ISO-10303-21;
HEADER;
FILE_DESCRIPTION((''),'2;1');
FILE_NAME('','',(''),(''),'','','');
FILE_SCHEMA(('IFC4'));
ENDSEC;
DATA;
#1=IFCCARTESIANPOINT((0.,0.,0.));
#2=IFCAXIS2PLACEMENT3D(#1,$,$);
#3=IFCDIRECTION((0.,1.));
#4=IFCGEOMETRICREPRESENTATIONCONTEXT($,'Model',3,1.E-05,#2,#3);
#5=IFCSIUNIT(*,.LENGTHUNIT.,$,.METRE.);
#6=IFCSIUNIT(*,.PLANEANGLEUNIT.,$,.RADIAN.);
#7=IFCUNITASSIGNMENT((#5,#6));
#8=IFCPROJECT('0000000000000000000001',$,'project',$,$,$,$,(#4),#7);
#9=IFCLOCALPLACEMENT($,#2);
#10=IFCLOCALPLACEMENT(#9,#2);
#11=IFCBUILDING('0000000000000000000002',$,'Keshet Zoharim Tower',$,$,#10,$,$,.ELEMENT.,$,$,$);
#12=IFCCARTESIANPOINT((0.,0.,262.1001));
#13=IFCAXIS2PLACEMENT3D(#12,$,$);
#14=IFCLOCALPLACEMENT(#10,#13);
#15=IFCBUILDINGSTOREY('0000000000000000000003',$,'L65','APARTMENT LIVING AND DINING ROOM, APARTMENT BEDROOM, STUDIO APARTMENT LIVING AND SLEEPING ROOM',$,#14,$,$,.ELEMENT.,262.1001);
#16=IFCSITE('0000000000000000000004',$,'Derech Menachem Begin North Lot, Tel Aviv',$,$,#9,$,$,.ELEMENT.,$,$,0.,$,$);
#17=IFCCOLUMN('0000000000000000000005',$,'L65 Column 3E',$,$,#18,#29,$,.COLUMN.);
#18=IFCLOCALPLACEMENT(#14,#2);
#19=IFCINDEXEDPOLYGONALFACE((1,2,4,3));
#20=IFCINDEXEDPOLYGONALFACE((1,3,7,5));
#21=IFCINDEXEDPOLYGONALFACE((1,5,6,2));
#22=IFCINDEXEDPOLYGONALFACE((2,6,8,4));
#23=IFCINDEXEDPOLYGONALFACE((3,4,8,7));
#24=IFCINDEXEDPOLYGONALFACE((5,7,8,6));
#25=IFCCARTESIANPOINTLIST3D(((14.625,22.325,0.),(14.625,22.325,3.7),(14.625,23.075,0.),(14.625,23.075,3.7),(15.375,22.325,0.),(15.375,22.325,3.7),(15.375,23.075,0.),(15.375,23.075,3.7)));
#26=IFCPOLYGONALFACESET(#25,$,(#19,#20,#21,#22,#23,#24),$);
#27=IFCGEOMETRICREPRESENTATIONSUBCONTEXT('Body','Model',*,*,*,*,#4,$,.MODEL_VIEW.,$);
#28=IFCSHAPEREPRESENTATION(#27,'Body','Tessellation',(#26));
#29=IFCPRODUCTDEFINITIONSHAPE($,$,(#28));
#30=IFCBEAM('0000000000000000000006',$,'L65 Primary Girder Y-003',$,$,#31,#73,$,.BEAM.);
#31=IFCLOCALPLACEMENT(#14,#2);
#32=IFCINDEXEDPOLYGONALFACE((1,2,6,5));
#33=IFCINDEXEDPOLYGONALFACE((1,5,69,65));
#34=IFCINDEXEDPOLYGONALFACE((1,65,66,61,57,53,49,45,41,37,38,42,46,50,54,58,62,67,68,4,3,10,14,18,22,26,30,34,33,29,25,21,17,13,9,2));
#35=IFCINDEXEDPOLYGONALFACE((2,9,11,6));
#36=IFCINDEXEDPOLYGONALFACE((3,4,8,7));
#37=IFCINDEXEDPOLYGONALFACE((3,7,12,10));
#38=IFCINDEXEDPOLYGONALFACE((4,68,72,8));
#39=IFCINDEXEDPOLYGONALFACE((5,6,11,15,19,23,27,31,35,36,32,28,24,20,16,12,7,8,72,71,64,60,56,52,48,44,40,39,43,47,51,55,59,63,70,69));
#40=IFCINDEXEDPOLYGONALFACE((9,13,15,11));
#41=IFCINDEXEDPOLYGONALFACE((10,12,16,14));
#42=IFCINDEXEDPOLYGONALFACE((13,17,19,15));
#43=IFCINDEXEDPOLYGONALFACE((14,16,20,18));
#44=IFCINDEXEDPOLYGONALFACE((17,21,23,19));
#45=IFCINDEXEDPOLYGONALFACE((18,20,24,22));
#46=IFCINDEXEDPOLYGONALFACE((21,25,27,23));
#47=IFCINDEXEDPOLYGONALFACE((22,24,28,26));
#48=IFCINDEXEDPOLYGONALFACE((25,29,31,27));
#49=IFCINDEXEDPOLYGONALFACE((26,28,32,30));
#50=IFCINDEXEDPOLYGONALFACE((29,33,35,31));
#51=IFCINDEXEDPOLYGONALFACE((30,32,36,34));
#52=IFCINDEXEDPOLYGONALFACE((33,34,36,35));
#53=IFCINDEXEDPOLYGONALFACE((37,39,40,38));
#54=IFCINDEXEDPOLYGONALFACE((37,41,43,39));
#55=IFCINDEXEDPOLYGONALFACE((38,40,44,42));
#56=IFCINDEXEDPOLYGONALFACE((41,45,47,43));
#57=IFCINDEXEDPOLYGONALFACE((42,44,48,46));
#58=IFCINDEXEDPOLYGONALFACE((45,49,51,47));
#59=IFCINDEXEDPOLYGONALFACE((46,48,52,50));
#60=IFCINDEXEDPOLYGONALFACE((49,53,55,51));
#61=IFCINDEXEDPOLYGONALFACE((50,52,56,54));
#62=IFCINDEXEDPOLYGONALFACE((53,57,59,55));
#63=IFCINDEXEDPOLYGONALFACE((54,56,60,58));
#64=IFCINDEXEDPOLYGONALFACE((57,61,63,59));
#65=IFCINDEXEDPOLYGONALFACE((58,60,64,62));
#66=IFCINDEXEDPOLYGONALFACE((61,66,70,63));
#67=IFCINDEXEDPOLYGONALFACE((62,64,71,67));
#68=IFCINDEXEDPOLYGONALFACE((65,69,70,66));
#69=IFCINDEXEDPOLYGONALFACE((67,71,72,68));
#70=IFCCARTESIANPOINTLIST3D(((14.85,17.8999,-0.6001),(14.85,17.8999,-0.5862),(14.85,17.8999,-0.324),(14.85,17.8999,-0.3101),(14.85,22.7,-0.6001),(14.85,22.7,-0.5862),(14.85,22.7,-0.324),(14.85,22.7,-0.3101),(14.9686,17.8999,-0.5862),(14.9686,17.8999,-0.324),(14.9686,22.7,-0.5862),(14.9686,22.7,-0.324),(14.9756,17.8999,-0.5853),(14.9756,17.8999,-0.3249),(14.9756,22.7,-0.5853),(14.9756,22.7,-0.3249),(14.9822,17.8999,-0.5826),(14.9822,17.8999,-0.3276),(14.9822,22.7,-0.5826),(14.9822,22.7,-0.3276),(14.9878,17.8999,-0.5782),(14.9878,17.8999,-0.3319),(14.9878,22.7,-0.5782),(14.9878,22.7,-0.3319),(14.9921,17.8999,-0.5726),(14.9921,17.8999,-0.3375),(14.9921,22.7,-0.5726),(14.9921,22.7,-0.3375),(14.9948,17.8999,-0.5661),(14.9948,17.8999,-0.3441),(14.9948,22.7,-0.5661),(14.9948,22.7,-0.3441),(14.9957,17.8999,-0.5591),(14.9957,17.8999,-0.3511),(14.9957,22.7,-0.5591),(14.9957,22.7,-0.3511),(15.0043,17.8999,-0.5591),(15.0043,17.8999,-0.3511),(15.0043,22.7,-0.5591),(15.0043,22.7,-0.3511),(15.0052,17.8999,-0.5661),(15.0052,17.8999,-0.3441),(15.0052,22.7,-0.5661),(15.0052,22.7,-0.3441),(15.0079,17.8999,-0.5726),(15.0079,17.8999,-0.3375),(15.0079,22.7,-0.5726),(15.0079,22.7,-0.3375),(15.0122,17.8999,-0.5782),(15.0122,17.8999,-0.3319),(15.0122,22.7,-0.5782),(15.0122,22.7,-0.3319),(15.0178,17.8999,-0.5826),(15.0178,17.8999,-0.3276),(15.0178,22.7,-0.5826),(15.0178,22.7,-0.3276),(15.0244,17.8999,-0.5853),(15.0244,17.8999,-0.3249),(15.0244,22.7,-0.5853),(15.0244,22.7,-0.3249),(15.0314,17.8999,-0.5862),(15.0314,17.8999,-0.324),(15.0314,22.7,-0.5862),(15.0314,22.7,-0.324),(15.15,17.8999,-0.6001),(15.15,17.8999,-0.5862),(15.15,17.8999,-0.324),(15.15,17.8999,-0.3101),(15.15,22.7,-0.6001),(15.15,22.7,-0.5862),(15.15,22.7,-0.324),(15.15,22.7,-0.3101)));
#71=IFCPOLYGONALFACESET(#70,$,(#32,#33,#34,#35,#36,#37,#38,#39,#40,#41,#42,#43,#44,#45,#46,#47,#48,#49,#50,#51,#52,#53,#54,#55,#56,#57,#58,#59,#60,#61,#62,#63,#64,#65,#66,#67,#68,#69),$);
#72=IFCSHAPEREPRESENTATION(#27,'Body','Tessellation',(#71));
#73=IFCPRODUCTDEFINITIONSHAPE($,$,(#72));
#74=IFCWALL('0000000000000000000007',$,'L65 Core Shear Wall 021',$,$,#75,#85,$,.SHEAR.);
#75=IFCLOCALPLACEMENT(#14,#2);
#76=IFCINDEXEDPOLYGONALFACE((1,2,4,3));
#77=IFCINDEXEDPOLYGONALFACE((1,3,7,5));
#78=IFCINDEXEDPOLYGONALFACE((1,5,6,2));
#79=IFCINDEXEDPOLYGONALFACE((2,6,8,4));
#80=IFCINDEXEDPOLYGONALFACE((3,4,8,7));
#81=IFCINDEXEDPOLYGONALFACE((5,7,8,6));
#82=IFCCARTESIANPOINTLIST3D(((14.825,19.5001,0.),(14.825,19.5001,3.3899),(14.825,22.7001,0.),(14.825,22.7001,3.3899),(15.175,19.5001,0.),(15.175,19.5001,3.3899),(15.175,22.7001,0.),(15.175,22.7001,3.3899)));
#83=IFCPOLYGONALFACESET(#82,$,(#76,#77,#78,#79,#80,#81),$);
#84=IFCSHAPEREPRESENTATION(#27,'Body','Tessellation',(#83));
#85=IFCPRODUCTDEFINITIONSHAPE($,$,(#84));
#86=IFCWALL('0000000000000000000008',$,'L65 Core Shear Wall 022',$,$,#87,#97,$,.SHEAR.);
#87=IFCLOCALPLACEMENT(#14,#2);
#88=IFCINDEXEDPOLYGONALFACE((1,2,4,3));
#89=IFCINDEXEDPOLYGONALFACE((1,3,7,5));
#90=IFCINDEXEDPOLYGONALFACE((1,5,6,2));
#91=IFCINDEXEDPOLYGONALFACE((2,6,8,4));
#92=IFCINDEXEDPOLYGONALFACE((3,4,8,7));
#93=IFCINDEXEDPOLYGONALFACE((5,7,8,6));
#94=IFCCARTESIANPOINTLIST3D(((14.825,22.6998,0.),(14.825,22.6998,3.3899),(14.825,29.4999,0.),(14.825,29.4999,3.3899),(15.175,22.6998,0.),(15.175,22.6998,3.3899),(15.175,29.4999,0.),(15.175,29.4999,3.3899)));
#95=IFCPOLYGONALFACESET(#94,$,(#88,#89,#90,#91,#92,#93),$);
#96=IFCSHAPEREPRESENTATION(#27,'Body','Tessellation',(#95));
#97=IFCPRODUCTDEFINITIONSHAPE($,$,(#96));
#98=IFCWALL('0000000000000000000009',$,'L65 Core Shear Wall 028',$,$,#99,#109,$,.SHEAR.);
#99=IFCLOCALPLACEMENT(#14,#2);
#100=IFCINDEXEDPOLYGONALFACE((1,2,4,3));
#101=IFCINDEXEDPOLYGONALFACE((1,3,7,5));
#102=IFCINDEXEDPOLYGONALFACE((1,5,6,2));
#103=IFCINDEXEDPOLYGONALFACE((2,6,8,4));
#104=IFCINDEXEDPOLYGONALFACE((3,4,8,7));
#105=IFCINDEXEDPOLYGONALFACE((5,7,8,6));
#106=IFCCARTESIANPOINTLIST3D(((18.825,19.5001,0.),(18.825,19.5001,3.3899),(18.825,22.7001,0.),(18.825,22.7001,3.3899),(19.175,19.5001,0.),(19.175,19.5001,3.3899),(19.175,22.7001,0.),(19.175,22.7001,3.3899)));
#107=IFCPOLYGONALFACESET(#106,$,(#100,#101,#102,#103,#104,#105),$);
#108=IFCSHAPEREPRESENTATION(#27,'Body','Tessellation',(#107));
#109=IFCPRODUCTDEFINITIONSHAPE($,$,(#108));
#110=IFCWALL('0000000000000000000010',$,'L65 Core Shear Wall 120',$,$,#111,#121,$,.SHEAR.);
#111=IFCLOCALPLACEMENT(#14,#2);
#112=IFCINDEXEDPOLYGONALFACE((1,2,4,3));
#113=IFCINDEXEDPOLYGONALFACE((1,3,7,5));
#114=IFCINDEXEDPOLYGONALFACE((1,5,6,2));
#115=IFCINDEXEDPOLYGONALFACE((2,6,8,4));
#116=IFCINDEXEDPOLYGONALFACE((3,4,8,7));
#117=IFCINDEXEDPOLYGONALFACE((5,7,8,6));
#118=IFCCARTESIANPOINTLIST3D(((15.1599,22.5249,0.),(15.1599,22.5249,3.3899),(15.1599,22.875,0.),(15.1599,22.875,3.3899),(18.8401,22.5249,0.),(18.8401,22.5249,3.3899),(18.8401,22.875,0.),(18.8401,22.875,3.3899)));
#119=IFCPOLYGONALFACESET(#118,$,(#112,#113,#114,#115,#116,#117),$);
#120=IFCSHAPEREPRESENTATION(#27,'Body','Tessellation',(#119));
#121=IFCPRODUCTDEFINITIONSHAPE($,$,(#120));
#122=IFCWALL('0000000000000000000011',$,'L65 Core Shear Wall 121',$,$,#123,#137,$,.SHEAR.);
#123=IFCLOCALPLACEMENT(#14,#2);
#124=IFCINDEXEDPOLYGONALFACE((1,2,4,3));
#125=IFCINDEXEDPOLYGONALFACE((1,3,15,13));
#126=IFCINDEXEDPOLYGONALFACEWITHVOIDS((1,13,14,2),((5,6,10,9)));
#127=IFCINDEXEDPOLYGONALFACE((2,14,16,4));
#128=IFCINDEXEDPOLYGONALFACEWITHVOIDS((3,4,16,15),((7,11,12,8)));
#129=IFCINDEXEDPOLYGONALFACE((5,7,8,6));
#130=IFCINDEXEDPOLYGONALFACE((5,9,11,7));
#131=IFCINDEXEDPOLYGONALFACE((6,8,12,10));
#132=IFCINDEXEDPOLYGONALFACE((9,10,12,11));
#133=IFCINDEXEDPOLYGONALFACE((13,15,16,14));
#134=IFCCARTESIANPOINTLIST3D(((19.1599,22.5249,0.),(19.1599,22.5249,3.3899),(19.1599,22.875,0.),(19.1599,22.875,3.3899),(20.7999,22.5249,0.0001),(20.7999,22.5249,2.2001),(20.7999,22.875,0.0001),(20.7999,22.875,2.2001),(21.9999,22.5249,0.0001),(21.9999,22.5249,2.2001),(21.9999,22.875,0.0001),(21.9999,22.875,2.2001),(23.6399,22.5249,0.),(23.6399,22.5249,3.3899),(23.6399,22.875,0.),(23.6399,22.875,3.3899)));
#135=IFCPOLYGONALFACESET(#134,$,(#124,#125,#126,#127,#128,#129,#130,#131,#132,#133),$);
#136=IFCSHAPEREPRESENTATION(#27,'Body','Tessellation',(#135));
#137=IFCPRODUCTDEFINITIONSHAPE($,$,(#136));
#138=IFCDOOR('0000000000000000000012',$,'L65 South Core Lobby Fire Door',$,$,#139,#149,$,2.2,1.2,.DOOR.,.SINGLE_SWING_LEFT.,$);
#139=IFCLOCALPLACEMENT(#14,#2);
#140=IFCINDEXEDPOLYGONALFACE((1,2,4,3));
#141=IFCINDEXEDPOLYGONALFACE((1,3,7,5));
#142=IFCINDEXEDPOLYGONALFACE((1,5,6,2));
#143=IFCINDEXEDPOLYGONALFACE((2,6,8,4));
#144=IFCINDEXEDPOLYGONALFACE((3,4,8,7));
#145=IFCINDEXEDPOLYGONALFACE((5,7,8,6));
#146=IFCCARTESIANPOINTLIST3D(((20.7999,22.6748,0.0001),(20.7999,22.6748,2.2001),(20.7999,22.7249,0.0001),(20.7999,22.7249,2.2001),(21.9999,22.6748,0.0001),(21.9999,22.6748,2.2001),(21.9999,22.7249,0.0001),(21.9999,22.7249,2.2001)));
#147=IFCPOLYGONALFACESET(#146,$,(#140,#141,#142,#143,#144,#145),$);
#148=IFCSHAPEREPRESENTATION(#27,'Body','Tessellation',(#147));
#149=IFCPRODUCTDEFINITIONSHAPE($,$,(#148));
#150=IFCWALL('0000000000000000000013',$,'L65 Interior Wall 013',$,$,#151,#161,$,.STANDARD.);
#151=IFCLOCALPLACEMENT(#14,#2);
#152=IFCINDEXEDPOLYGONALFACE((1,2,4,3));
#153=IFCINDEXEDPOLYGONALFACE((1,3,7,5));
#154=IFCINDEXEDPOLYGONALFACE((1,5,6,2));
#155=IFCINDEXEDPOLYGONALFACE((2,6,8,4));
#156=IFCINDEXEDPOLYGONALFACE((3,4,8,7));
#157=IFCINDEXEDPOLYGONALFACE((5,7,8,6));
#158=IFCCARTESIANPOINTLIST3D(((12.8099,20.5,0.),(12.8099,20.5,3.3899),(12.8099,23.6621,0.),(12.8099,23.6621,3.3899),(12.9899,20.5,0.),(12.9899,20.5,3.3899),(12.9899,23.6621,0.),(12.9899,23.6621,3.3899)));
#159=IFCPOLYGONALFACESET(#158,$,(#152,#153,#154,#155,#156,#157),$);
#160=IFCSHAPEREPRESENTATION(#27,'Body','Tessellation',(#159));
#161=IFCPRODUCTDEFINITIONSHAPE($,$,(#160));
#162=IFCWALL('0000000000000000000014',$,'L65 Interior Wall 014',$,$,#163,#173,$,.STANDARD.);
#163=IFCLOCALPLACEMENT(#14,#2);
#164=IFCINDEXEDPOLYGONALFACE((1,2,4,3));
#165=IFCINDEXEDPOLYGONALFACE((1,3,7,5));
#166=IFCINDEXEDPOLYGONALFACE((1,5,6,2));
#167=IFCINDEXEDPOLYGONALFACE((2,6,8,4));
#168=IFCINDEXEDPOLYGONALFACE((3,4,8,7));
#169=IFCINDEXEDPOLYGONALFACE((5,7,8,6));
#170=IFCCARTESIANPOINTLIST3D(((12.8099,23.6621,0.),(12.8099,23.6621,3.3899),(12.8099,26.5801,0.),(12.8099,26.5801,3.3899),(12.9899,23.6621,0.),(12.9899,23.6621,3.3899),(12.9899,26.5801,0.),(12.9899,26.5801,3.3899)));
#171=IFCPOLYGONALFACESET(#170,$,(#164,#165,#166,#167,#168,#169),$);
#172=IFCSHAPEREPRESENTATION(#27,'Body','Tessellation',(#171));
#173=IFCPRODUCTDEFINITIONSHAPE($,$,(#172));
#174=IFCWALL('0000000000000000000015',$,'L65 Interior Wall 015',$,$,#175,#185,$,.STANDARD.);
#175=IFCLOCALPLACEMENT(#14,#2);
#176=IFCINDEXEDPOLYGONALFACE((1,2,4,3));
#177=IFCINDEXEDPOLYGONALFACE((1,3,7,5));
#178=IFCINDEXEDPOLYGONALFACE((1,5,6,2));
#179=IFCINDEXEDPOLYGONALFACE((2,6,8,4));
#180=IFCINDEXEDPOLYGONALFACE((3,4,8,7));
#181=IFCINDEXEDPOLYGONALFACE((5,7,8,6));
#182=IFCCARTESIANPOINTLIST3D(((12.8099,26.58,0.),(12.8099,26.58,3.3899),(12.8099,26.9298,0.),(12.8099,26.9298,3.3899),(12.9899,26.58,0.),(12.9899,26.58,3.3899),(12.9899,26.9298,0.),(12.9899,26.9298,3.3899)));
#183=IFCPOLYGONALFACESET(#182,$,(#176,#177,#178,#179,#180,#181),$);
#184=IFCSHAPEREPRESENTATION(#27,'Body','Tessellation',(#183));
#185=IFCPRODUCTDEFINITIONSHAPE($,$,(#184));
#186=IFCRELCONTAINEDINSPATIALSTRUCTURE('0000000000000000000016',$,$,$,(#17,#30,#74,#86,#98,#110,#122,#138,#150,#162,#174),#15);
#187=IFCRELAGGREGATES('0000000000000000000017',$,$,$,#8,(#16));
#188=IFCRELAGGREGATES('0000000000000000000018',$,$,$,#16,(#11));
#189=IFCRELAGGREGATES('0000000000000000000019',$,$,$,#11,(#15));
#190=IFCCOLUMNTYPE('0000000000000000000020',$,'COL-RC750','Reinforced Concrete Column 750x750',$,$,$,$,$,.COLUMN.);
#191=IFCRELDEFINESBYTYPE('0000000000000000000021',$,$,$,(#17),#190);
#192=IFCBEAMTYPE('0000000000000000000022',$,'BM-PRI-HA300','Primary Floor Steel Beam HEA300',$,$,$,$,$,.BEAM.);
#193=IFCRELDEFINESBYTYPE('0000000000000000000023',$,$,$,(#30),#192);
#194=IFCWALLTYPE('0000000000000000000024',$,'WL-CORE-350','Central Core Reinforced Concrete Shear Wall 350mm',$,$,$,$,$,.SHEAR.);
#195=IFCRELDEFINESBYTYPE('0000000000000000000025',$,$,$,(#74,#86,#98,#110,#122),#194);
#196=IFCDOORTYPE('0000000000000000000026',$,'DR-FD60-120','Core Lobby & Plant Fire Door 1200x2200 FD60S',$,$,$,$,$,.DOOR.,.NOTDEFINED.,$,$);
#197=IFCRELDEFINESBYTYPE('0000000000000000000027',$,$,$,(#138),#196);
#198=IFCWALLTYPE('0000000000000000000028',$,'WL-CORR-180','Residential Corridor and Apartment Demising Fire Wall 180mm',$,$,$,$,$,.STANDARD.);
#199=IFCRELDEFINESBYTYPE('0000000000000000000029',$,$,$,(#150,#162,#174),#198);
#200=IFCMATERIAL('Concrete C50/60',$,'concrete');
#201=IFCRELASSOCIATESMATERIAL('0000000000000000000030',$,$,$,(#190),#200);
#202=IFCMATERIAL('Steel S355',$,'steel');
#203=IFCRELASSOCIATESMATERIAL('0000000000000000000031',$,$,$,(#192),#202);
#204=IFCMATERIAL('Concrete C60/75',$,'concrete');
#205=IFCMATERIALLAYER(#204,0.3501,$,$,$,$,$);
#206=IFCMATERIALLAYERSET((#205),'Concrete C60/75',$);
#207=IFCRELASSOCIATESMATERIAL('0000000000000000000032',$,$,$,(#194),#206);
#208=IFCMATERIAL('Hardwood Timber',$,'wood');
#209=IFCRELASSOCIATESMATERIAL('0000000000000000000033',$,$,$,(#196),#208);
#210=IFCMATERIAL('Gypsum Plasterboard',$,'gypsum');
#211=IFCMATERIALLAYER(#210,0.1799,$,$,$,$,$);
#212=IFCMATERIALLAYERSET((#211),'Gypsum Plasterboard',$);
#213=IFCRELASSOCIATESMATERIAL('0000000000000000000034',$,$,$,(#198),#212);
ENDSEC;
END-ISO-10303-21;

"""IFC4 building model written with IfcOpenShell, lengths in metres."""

from ifc_helpers import new_model, si_unit, direction, frame, frame_2d, origin, origin_2d, place, context, subcontext, project, spatial, rectangle, i_section, extrude, material, layer, layer_set, material_profile, profile_set, type_object, element, fill, save


model = new_model("IFC4")

# Units and contexts
model_context = context("Model", 3, precision=1e-05, world=origin(), true_north=direction((0.0, 1.0)))
body_context = subcontext(model_context, "Body", "Model", "MODEL_VIEW")
ifc_project = project(units=[si_unit("LENGTHUNIT", "METRE"), si_unit("PLANEANGLEUNIT", "RADIAN")], contexts=[model_context])

# Site, building, storey
site_placement = place(None, origin())
site = spatial("IfcSite", under=ifc_project, at=site_placement, Name="Derech Menachem Begin North Lot, Tel Aviv", CompositionType="ELEMENT", RefElevation=0.0)
building_placement = place(site_placement, origin())
building = spatial("IfcBuilding", under=site, at=building_placement, Name="Keshet Zoharim Tower", CompositionType="ELEMENT")
storey_placement = place(building_placement, frame((0.0, 0.0, 262.1001)))
storey = spatial("IfcBuildingStorey", under=building, at=storey_placement, Name="L65", Description="APARTMENT LIVING AND DINING ROOM, APARTMENT BEDROOM, STUDIO APARTMENT LIVING AND SLEEPING ROOM", CompositionType="ELEMENT", Elevation=262.1001)

# Column
ifc_material_1 = material(Name="Concrete C50/60", Category="concrete")
ifc_material_profile_1 = material_profile(ifc_material_1, rectangle(XDim=0.75, YDim=0.75, at=origin_2d()), Name="RC750x750")
ifc_profile_set_1 = profile_set([ifc_material_profile_1], Name="Concrete C50/60")
column_type = type_object("IfcColumnType", Name="COL-RC750", Description="Reinforced Concrete Column 750x750", PredefinedType="COLUMN", material=ifc_profile_set_1)
column_placement = place(storey_placement, frame((15.0, 22.7, 0.0), z_axis=(0.0, 0.0, 1.0), x_axis=(1.0, 0.0, 0.0)))
element("IfcColumn", 1, at=column_placement, inside=storey, type_object=column_type, Name="L65 Column 3E", PredefinedType="COLUMN", context=body_context, shape_type="SweptSolid", body=[
    extrude(rectangle(XDim=0.75, YDim=0.75, at=origin_2d()), origin(), (0.0, 0.0, 1.0), 3.7),
])

# Beam
ifc_material_2 = material(Name="Steel S355", Category="steel")
ifc_material_profile_2 = material_profile(ifc_material_2, i_section(OverallWidth=0.3, OverallDepth=0.29, WebThickness=0.0085, FlangeThickness=0.0139, FilletRadius=0.0271, at=origin_2d()), Name="HEA300")
ifc_profile_set_2 = profile_set([ifc_material_profile_2], Name="Steel S355")
beam_type = type_object("IfcBeamType", Name="BM-PRI-HA300", Description="Primary Floor Steel Beam HEA300", PredefinedType="BEAM", material=ifc_profile_set_2)
beam_placement = place(storey_placement, frame((15.0, 17.8999, -0.4551), z_axis=(0.0, 1.0, 0.0), x_axis=(-1.0, 0.0, 0.0)))
element("IfcBeam", 2, at=beam_placement, inside=storey, type_object=beam_type, Name="L65 Primary Girder Y-003", PredefinedType="BEAM", context=body_context, shape_type="SweptSolid", body=[
    extrude(i_section(OverallWidth=0.3, OverallDepth=0.29, WebThickness=0.0085, FlangeThickness=0.0139, FilletRadius=0.0271, at=origin_2d()), origin(), (0.0, 0.0, 1.0), 4.8),
])

# Walls
ifc_material_3 = material(Name="Concrete C60/75", Category="concrete")
ifc_layer_1 = layer(ifc_material_3, 0.3501)
ifc_layer_set_1 = layer_set([ifc_layer_1], Name="Concrete C60/75")
wall_type_1 = type_object("IfcWallType", Name="WL-CORE-350", Description="Central Core Reinforced Concrete Shear Wall 350mm", PredefinedType="SHEAR", material=ifc_layer_set_1)
wall_1_placement = place(storey_placement, frame((15.0, 19.5, 0.0), z_axis=(0.0, 0.0, 1.0), x_axis=(0.0, 1.0, 0.0)))
element("IfcWall", 3, at=wall_1_placement, inside=storey, type_object=wall_type_1, Name="L65 Core Shear Wall 021", PredefinedType="SHEAR", context=body_context, shape_type="SweptSolid", body=[
    extrude(rectangle(XDim=3.2, YDim=0.3501, at=frame_2d((1.6001, 0.0))), origin(), (0.0, 0.0, 1.0), 3.3899),
])
wall_2_placement = place(storey_placement, frame((15.0, 22.7, 0.0), z_axis=(0.0, 0.0, 1.0), x_axis=(0.0, 1.0, 0.0)))
element("IfcWall", 4, at=wall_2_placement, inside=storey, type_object=wall_type_1, Name="L65 Core Shear Wall 022", PredefinedType="SHEAR", context=body_context, shape_type="SweptSolid", body=[
    extrude(rectangle(XDim=6.8, YDim=0.3501, at=frame_2d((3.3999, 0.0))), origin(), (0.0, 0.0, 1.0), 3.3899),
])
wall_3_placement = place(storey_placement, frame((19.0, 19.5, 0.0), z_axis=(0.0, 0.0, 1.0), x_axis=(0.0, 1.0, 0.0)))
element("IfcWall", 5, at=wall_3_placement, inside=storey, type_object=wall_type_1, Name="L65 Core Shear Wall 028", PredefinedType="SHEAR", context=body_context, shape_type="SweptSolid", body=[
    extrude(rectangle(XDim=3.2, YDim=0.3501, at=frame_2d((1.6001, 0.0))), origin(), (0.0, 0.0, 1.0), 3.3899),
])

# Shared definitions
ifc_material_4 = material(Name="Hardwood Timber", Category="wood")

# Wall
wall_4_placement = place(storey_placement, frame((15.1599, 22.7, 0.0), z_axis=(0.0, 0.0, 1.0), x_axis=(1.0, 0.0, 0.0)))
element("IfcWall", 6, at=wall_4_placement, inside=storey, type_object=wall_type_1, Name="L65 Core Shear Wall 120", PredefinedType="SHEAR", context=body_context, shape_type="SweptSolid", body=[
    extrude(rectangle(XDim=3.6802, YDim=0.3501, at=frame_2d((1.8401, 0.0))), origin(), (0.0, 0.0, 1.0), 3.3899),
])

# Wall, opening, door
wall_5_placement = place(storey_placement, frame((19.1599, 22.7, 0.0), z_axis=(0.0, 0.0, 1.0), x_axis=(1.0, 0.0, 0.0)))
wall_5 = element("IfcWall", 7, at=wall_5_placement, inside=storey, type_object=wall_type_1, Name="L65 Core Shear Wall 121", PredefinedType="SHEAR", context=body_context, shape_type="SweptSolid", body=[
    extrude(rectangle(XDim=4.48, YDim=0.3501, at=frame_2d((2.24, 0.0))), origin(), (0.0, 0.0, 1.0), 3.3899),
])
opening_1_placement = place(wall_5_placement, frame((1.6399, 0.0, 0.0)))
opening_1 = element("IfcOpeningElement", 8, at=opening_1_placement, cuts=wall_5, PredefinedType="OPENING", context=body_context, shape_type="SweptSolid", body=[
    extrude(rectangle(XDim=1.2, YDim=2.2, at=frame_2d((0.6001, 1.1001))), frame((0.0, 0.1851, 0.0), z_axis=(0.0, -1.0, 0.0), x_axis=(1.0, 0.0, 0.0)), (0.0, 0.0, 1.0), 0.3701),
])
door_type_1 = type_object("IfcDoorType", Name="DR-FD60-120", Description="Core Lobby & Plant Fire Door 1200x2200 FD60S", OperationType="NOTDEFINED", PredefinedType="DOOR", material=ifc_material_4)
door_1_placement = place(opening_1_placement, origin())
door_1 = element("IfcDoor", 9, at=door_1_placement, inside=storey, type_object=door_type_1, Name="L65 South Core Lobby Fire Door", OperationType="SINGLE_SWING_LEFT", OverallHeight=2.2, OverallWidth=1.2, PredefinedType="DOOR", context=body_context, shape_type="SweptSolid", body=[
    extrude(rectangle(XDim=1.2, YDim=2.2, at=frame_2d((0.6001, 1.1001))), frame((0.0, 0.0249, 0.0), z_axis=(0.0, -1.0, 0.0), x_axis=(1.0, 0.0, 0.0)), (0.0, 0.0, 1.0), 0.05),
])
fill(opening_1, door_1)

# Walls
ifc_material_5 = material(Name="Gypsum Plasterboard", Category="gypsum")
ifc_layer_2 = layer(ifc_material_5, 0.1799)
ifc_layer_set_2 = layer_set([ifc_layer_2], Name="Gypsum Plasterboard")
wall_type_2 = type_object("IfcWallType", Name="WL-CORR-180", Description="Residential Corridor and Apartment Demising Fire Wall 180mm", PredefinedType="STANDARD", material=ifc_layer_set_2)
wall_6_placement = place(storey_placement, frame((12.8999, 20.5, 0.0), z_axis=(0.0, 0.0, 1.0), x_axis=(0.0, 1.0, 0.0)))
element("IfcWall", 10, at=wall_6_placement, inside=storey, type_object=wall_type_2, Name="L65 Interior Wall 013", PredefinedType="STANDARD", context=body_context, shape_type="SweptSolid", body=[
    extrude(rectangle(XDim=3.1621, YDim=0.1799, at=frame_2d((1.5811, 0.0))), origin(), (0.0, 0.0, 1.0), 3.3899),
])
wall_7_placement = place(storey_placement, frame((12.8999, 23.6621, 0.0), z_axis=(0.0, 0.0, 1.0), x_axis=(0.0, 1.0, 0.0)))
element("IfcWall", 11, at=wall_7_placement, inside=storey, type_object=wall_type_2, Name="L65 Interior Wall 014", PredefinedType="STANDARD", context=body_context, shape_type="SweptSolid", body=[
    extrude(rectangle(XDim=2.918, YDim=0.1799, at=frame_2d((1.459, 0.0))), origin(), (0.0, 0.0, 1.0), 3.3899),
])
wall_8_placement = place(storey_placement, frame((12.8999, 26.5801, 0.0), z_axis=(0.0, 0.0, 1.0), x_axis=(0.0, 1.0, 0.0)))
element("IfcWall", 12, at=wall_8_placement, inside=storey, type_object=wall_type_2, Name="L65 Interior Wall 015", PredefinedType="STANDARD", context=body_context, shape_type="SweptSolid", body=[
    extrude(rectangle(XDim=0.3499, YDim=0.1799, at=frame_2d((0.1748, 0.0))), origin(), (0.0, 0.0, 1.0), 3.3899),
])

save(model, "model.ifc")
